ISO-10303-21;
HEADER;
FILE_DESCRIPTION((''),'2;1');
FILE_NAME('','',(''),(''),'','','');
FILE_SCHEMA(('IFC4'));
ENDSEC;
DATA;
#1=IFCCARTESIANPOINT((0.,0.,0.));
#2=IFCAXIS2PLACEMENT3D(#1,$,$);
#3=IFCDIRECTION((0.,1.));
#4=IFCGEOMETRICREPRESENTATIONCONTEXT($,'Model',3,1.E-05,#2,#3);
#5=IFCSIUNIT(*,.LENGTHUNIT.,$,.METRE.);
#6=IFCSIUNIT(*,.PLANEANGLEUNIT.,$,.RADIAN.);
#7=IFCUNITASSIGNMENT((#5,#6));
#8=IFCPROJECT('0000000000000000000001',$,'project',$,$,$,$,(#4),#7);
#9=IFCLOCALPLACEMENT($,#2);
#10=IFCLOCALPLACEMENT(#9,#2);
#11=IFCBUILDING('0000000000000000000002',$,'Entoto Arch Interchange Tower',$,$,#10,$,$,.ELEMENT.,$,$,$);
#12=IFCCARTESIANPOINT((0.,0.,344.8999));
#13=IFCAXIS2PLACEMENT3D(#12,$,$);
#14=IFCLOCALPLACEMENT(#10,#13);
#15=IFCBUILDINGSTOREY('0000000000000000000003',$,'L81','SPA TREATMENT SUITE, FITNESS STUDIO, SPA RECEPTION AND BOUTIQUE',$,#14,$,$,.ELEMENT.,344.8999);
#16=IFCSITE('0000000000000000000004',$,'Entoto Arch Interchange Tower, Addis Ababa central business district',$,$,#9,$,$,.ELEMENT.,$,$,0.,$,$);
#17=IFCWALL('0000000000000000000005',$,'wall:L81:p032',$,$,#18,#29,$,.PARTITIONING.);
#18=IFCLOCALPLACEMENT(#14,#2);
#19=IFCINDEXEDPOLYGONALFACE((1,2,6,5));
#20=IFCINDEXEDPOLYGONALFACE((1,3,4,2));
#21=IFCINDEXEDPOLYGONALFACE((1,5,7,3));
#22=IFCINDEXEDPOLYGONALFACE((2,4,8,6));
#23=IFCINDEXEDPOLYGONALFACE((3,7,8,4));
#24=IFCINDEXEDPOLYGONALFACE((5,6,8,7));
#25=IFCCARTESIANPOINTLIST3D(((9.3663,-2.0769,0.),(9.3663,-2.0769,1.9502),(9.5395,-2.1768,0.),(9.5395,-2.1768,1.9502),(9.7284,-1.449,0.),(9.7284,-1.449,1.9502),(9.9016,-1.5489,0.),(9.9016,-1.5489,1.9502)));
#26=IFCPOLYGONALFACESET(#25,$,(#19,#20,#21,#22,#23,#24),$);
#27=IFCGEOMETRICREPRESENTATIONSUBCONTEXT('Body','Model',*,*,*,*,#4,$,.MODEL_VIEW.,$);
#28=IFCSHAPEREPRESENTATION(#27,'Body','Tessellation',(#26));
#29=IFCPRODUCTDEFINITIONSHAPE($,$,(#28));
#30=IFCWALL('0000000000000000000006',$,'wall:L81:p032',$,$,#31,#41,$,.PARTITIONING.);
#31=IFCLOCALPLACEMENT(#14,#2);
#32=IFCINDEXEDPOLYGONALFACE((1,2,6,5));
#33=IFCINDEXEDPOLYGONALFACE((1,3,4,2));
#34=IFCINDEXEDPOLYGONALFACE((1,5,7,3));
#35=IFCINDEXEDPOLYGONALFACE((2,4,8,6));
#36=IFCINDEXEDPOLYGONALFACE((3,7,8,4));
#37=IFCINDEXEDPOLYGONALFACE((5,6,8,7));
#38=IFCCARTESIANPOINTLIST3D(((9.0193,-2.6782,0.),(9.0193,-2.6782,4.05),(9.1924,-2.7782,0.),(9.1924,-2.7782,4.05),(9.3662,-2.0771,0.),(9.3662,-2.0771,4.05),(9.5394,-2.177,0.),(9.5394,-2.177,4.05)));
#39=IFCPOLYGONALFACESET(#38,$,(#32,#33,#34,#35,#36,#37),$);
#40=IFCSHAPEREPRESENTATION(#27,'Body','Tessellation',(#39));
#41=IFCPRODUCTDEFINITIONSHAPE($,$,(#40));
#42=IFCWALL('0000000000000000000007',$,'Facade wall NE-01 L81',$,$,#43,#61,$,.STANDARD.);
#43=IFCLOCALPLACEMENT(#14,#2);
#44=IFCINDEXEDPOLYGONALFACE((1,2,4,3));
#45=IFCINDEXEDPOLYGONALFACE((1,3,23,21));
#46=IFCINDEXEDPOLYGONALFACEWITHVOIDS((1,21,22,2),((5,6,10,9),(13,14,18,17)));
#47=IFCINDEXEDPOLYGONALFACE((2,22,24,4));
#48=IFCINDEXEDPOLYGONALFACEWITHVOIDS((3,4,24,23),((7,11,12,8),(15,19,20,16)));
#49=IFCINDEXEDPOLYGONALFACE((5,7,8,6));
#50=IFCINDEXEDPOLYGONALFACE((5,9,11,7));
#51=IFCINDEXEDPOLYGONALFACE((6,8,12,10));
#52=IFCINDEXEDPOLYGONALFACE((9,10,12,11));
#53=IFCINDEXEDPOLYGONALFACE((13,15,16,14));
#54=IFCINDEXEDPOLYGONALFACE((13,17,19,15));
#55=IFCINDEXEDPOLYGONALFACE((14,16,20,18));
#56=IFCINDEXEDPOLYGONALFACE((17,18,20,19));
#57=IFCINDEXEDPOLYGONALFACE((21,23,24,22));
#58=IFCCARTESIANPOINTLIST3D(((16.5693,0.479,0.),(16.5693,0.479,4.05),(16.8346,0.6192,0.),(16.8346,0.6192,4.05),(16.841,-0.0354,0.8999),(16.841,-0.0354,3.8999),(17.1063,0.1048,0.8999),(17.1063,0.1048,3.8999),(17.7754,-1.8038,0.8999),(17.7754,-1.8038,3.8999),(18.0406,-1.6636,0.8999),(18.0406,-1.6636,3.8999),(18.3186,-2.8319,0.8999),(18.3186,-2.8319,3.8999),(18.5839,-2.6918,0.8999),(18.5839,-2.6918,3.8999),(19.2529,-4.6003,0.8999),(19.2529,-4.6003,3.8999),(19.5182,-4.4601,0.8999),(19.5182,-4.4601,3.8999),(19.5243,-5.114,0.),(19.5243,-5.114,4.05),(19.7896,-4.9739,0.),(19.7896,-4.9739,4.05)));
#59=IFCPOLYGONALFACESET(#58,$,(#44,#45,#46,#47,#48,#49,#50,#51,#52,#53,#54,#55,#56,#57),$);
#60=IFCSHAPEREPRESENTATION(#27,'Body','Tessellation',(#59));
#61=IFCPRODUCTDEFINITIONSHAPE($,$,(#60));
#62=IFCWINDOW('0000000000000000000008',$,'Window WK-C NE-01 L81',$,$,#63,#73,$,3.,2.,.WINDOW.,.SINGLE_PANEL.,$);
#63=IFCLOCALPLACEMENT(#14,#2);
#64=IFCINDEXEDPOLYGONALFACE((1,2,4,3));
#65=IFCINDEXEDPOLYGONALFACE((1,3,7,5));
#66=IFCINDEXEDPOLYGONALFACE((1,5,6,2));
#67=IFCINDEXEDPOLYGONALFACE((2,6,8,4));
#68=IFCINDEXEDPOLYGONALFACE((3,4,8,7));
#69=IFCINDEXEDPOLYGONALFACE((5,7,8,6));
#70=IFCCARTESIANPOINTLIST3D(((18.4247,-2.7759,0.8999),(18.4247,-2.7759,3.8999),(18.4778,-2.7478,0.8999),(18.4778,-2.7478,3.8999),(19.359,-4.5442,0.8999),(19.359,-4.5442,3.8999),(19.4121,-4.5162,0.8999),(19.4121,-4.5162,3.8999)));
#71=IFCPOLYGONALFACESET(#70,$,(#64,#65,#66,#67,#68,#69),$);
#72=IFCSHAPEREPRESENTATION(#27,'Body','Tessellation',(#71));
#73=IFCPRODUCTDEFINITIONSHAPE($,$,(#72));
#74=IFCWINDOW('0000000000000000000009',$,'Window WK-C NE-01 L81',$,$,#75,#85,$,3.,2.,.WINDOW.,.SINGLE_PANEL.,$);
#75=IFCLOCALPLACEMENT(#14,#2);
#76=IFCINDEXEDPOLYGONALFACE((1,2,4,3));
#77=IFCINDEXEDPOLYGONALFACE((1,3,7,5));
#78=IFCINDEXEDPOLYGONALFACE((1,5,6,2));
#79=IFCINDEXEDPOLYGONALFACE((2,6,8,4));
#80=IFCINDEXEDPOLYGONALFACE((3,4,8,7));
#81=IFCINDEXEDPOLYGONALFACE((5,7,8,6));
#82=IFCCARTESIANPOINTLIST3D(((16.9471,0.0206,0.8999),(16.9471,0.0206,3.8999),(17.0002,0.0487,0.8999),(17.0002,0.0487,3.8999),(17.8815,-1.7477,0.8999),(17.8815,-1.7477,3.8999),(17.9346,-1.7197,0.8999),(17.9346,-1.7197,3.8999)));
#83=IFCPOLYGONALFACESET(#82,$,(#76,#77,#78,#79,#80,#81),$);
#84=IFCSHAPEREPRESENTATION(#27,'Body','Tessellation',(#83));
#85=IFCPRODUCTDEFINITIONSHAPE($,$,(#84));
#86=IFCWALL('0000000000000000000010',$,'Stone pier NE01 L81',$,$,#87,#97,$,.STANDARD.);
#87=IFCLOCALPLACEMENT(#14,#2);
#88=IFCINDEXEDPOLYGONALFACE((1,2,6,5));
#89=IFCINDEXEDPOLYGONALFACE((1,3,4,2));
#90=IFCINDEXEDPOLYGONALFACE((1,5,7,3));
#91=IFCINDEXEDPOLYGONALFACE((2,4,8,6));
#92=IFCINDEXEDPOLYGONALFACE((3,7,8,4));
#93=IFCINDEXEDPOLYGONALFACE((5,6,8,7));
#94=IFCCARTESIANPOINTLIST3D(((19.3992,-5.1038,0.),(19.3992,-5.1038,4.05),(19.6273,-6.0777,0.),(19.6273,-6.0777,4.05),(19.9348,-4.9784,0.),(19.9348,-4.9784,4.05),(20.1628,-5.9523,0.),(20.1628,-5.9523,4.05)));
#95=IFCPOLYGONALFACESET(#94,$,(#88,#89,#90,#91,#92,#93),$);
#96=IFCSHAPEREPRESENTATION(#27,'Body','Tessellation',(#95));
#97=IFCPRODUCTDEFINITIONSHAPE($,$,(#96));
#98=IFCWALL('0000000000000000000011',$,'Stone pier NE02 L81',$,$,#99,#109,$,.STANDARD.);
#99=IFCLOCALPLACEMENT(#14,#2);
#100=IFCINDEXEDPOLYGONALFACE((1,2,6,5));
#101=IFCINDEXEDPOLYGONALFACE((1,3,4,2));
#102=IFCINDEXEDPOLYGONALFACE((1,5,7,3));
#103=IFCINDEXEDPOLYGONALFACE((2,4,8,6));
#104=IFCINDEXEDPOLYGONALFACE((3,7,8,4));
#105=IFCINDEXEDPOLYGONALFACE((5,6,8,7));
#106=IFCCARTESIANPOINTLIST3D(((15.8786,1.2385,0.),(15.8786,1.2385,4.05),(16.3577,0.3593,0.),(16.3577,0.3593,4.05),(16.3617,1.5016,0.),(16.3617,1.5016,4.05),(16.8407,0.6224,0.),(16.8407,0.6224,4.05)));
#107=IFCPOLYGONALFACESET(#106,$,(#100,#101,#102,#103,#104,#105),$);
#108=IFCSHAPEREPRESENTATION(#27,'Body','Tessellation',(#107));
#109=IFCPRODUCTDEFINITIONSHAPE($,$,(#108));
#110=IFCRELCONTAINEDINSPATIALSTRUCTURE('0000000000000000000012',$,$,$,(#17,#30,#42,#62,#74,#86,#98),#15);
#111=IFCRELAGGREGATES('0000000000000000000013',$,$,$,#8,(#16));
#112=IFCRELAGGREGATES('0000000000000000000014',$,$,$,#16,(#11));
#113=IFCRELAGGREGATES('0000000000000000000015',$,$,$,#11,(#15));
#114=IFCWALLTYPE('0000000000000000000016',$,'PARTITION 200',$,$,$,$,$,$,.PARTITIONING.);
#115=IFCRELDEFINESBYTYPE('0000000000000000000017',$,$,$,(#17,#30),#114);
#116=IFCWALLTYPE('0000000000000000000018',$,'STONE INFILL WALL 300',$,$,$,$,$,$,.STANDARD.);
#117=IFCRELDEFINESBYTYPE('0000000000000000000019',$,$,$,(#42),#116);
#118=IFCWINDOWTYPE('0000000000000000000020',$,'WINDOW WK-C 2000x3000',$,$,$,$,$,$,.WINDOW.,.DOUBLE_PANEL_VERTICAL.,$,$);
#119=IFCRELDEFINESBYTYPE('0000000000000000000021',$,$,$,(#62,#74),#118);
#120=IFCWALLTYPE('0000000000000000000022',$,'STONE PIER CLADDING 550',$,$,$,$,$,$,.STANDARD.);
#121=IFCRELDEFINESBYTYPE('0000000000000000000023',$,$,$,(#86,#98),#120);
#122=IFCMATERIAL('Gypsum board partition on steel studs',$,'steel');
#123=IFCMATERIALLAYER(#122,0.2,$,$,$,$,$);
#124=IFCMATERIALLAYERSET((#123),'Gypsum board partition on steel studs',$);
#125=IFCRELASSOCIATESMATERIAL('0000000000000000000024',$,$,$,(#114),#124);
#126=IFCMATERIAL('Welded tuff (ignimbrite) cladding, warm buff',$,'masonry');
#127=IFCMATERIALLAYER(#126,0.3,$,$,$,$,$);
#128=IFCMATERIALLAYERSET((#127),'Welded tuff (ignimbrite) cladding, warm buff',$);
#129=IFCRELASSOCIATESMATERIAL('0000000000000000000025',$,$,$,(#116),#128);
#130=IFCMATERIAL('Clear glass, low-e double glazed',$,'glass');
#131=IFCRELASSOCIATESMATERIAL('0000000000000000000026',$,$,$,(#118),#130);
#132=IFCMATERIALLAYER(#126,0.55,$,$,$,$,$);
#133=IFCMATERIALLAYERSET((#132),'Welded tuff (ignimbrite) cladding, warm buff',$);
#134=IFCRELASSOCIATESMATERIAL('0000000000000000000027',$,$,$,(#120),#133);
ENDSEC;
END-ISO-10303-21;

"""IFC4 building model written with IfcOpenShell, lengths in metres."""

from ifc_helpers import new_model, si_unit, direction, frame, frame_2d, origin, place, context, subcontext, project, spatial, rectangle, extrude, material, layer, layer_set, type_object, element, fill, save


model = new_model("IFC4")

# Units and contexts
model_context = context("Model", 3, precision=1e-05, world=origin(), true_north=direction((0.0, 1.0)))
body_context = subcontext(model_context, "Body", "Model", "MODEL_VIEW")
ifc_project = project(units=[si_unit("LENGTHUNIT", "METRE"), si_unit("PLANEANGLEUNIT", "RADIAN")], contexts=[model_context])

# Site, building, storey
site_placement = place(None, origin())
site = spatial("IfcSite", under=ifc_project, at=site_placement, Name="Entoto Arch Interchange Tower, Addis Ababa central business district", CompositionType="ELEMENT", RefElevation=0.0)
building_placement = place(site_placement, origin())
building = spatial("IfcBuilding", under=site, at=building_placement, Name="Entoto Arch Interchange Tower", CompositionType="ELEMENT")
storey_placement = place(building_placement, frame((0.0, 0.0, 344.8999)))
storey = spatial("IfcBuildingStorey", under=building, at=storey_placement, Name="L81", Description="SPA TREATMENT SUITE, FITNESS STUDIO, SPA RECEPTION AND BOUTIQUE", CompositionType="ELEMENT", Elevation=344.8999)

# Shared definitions
ifc_material_1 = material(Name="Gypsum board partition on steel studs", Category="steel")
ifc_layer_1 = layer(ifc_material_1, 0.2)
ifc_layer_set_1 = layer_set([ifc_layer_1], Name="Gypsum board partition on steel studs")
wall_type_1 = type_object("IfcWallType", Name="PARTITION 200", PredefinedType="PARTITIONING", material=ifc_layer_set_1)

# Walls
wall_1_placement = place(storey_placement, frame((9.8149, -1.499, 0.0), z_axis=(0.0, 0.0, 1.0), x_axis=(-0.499509, -0.866309, 0.0)))
element("IfcWall", 1, at=wall_1_placement, inside=storey, type_object=wall_type_1, Name="wall:L81:p032", PredefinedType="PARTITIONING", context=body_context, shape_type="SweptSolid", body=[
    extrude(rectangle(XDim=0.7249, YDim=0.2, at=frame_2d((0.3623, 0.0))), origin(), (0.0, 0.0, 1.0), 1.9502),
])
wall_2_placement = place(storey_placement, frame((9.4529, -2.127, 0.0), z_axis=(0.0, 0.0, 1.0), x_axis=(-0.499885, -0.866092, 0.0)))
element("IfcWall", 2, at=wall_2_placement, inside=storey, type_object=wall_type_1, Name="wall:L81:p032", PredefinedType="PARTITIONING", context=body_context, shape_type="SweptSolid", body=[
    extrude(rectangle(XDim=0.6941, YDim=0.2, at=frame_2d((0.3472, 0.0))), origin(), (0.0, 0.0, 1.0), 4.05),
])

# Wall, openings, windows
ifc_material_2 = material(Name="Welded tuff (ignimbrite) cladding, warm buff", Category="masonry")
ifc_layer_2 = layer(ifc_material_2, 0.3)
ifc_layer_set_2 = layer_set([ifc_layer_2], Name="Welded tuff (ignimbrite) cladding, warm buff")
wall_type_2 = type_object("IfcWallType", Name="STONE INFILL WALL 300", PredefinedType="STANDARD", material=ifc_layer_set_2)
wall_3_placement = place(storey_placement, frame((19.657, -5.0439, 0.0), z_axis=(0.0, 0.0, 1.0), x_axis=(-0.467155, 0.884175, 0.0)))
wall_3 = element("IfcWall", 3, at=wall_3_placement, inside=storey, type_object=wall_type_2, Name="Facade wall NE-01 L81", PredefinedType="STANDARD", context=body_context, shape_type="SweptSolid", body=[
    extrude(rectangle(XDim=6.3257, YDim=0.3, at=frame_2d((3.1628, 0.0))), origin(), (0.0, 0.0, 1.0), 4.05),
])
opening_1_placement = place(wall_3_placement, frame((0.5811, 0.0, 0.8999)))
opening_1 = element("IfcOpeningElement", 4, at=opening_1_placement, cuts=wall_3, PredefinedType="OPENING", context=body_context, shape_type="SweptSolid", body=[
    extrude(rectangle(XDim=2.0, YDim=3.0, at=frame_2d((1.0, 1.5))), frame((0.0, 0.1602, 0.0), z_axis=(0.0, -1.0, 0.0), x_axis=(1.0, 0.0, 0.0)), (0.0, 0.0, 1.0), 0.3201),
])
opening_2_placement = place(wall_3_placement, frame((3.7439, 0.0, 0.8999)))
opening_2 = element("IfcOpeningElement", 5, at=opening_2_placement, cuts=wall_3, PredefinedType="OPENING", context=body_context, shape_type="SweptSolid", body=[
    extrude(rectangle(XDim=2.0, YDim=3.0, at=frame_2d((1.0, 1.5))), frame((0.0, 0.1602, 0.0), z_axis=(0.0, -1.0, 0.0), x_axis=(1.0, 0.0, 0.0)), (0.0, 0.0, 1.0), 0.3201),
])
ifc_material_3 = material(Name="Clear glass, low-e double glazed", Category="glass")
window_type = type_object("IfcWindowType", Name="WINDOW WK-C 2000x3000", PartitioningType="DOUBLE_PANEL_VERTICAL", PredefinedType="WINDOW", material=ifc_material_3)
window_1_placement = place(opening_1_placement, origin())
window_1 = element("IfcWindow", 6, at=window_1_placement, inside=storey, type_object=window_type, Name="Window WK-C NE-01 L81", OverallHeight=3.0, OverallWidth=2.0, PartitioningType="SINGLE_PANEL", PredefinedType="WINDOW", context=body_context, shape_type="SweptSolid", body=[
    extrude(rectangle(XDim=2.0, YDim=3.0, at=frame_2d((1.0, 1.5))), frame((0.0, 0.03, 0.0), z_axis=(0.0, -1.0, 0.0), x_axis=(1.0, 0.0, 0.0)), (0.0, 0.0, 1.0), 0.0601),
])
fill(opening_1, window_1)
window_2_placement = place(opening_2_placement, origin())
window_2 = element("IfcWindow", 7, at=window_2_placement, inside=storey, type_object=window_type, Name="Window WK-C NE-01 L81", OverallHeight=3.0, OverallWidth=2.0, PartitioningType="SINGLE_PANEL", PredefinedType="WINDOW", context=body_context, shape_type="SweptSolid", body=[
    extrude(rectangle(XDim=2.0, YDim=3.0, at=frame_2d((1.0, 1.5))), frame((0.0, 0.03, 0.0), z_axis=(0.0, -1.0, 0.0), x_axis=(1.0, 0.0, 0.0)), (0.0, 0.0, 1.0), 0.0601),
])
fill(opening_2, window_2)

# Walls
ifc_layer_3 = layer(ifc_material_2, 0.55)
ifc_layer_set_3 = layer_set([ifc_layer_3], Name="Welded tuff (ignimbrite) cladding, warm buff")
wall_type_3 = type_object("IfcWallType", Name="STONE PIER CLADDING 550", PredefinedType="STANDARD", material=ifc_layer_set_3)
wall_4_placement = place(storey_placement, frame((19.895, -6.0149, 0.0), z_axis=(0.0, 0.0, 1.0), x_axis=(-0.227978, 0.973666, 0.0)))
element("IfcWall", 8, at=wall_4_placement, inside=storey, type_object=wall_type_3, Name="Stone pier NE01 L81", PredefinedType="STANDARD", context=body_context, shape_type="SweptSolid", body=[
    extrude(rectangle(XDim=1.0002, YDim=0.55, at=frame_2d((0.5, 0.0))), origin(), (0.0, 0.0, 1.0), 4.05),
])
wall_5_placement = place(storey_placement, frame((16.5991, 0.491, 0.0), z_axis=(0.0, 0.0, 1.0), x_axis=(-0.478442, 0.878119, 0.0)))
element("IfcWall", 9, at=wall_5_placement, inside=storey, type_object=wall_type_3, Name="Stone pier NE02 L81", PredefinedType="STANDARD", context=body_context, shape_type="SweptSolid", body=[
    extrude(rectangle(XDim=1.0012, YDim=0.55, at=frame_2d((0.5005, 0.0))), origin(), (0.0, 0.0, 1.0), 4.05),
])

save(model, "model.ifc")
